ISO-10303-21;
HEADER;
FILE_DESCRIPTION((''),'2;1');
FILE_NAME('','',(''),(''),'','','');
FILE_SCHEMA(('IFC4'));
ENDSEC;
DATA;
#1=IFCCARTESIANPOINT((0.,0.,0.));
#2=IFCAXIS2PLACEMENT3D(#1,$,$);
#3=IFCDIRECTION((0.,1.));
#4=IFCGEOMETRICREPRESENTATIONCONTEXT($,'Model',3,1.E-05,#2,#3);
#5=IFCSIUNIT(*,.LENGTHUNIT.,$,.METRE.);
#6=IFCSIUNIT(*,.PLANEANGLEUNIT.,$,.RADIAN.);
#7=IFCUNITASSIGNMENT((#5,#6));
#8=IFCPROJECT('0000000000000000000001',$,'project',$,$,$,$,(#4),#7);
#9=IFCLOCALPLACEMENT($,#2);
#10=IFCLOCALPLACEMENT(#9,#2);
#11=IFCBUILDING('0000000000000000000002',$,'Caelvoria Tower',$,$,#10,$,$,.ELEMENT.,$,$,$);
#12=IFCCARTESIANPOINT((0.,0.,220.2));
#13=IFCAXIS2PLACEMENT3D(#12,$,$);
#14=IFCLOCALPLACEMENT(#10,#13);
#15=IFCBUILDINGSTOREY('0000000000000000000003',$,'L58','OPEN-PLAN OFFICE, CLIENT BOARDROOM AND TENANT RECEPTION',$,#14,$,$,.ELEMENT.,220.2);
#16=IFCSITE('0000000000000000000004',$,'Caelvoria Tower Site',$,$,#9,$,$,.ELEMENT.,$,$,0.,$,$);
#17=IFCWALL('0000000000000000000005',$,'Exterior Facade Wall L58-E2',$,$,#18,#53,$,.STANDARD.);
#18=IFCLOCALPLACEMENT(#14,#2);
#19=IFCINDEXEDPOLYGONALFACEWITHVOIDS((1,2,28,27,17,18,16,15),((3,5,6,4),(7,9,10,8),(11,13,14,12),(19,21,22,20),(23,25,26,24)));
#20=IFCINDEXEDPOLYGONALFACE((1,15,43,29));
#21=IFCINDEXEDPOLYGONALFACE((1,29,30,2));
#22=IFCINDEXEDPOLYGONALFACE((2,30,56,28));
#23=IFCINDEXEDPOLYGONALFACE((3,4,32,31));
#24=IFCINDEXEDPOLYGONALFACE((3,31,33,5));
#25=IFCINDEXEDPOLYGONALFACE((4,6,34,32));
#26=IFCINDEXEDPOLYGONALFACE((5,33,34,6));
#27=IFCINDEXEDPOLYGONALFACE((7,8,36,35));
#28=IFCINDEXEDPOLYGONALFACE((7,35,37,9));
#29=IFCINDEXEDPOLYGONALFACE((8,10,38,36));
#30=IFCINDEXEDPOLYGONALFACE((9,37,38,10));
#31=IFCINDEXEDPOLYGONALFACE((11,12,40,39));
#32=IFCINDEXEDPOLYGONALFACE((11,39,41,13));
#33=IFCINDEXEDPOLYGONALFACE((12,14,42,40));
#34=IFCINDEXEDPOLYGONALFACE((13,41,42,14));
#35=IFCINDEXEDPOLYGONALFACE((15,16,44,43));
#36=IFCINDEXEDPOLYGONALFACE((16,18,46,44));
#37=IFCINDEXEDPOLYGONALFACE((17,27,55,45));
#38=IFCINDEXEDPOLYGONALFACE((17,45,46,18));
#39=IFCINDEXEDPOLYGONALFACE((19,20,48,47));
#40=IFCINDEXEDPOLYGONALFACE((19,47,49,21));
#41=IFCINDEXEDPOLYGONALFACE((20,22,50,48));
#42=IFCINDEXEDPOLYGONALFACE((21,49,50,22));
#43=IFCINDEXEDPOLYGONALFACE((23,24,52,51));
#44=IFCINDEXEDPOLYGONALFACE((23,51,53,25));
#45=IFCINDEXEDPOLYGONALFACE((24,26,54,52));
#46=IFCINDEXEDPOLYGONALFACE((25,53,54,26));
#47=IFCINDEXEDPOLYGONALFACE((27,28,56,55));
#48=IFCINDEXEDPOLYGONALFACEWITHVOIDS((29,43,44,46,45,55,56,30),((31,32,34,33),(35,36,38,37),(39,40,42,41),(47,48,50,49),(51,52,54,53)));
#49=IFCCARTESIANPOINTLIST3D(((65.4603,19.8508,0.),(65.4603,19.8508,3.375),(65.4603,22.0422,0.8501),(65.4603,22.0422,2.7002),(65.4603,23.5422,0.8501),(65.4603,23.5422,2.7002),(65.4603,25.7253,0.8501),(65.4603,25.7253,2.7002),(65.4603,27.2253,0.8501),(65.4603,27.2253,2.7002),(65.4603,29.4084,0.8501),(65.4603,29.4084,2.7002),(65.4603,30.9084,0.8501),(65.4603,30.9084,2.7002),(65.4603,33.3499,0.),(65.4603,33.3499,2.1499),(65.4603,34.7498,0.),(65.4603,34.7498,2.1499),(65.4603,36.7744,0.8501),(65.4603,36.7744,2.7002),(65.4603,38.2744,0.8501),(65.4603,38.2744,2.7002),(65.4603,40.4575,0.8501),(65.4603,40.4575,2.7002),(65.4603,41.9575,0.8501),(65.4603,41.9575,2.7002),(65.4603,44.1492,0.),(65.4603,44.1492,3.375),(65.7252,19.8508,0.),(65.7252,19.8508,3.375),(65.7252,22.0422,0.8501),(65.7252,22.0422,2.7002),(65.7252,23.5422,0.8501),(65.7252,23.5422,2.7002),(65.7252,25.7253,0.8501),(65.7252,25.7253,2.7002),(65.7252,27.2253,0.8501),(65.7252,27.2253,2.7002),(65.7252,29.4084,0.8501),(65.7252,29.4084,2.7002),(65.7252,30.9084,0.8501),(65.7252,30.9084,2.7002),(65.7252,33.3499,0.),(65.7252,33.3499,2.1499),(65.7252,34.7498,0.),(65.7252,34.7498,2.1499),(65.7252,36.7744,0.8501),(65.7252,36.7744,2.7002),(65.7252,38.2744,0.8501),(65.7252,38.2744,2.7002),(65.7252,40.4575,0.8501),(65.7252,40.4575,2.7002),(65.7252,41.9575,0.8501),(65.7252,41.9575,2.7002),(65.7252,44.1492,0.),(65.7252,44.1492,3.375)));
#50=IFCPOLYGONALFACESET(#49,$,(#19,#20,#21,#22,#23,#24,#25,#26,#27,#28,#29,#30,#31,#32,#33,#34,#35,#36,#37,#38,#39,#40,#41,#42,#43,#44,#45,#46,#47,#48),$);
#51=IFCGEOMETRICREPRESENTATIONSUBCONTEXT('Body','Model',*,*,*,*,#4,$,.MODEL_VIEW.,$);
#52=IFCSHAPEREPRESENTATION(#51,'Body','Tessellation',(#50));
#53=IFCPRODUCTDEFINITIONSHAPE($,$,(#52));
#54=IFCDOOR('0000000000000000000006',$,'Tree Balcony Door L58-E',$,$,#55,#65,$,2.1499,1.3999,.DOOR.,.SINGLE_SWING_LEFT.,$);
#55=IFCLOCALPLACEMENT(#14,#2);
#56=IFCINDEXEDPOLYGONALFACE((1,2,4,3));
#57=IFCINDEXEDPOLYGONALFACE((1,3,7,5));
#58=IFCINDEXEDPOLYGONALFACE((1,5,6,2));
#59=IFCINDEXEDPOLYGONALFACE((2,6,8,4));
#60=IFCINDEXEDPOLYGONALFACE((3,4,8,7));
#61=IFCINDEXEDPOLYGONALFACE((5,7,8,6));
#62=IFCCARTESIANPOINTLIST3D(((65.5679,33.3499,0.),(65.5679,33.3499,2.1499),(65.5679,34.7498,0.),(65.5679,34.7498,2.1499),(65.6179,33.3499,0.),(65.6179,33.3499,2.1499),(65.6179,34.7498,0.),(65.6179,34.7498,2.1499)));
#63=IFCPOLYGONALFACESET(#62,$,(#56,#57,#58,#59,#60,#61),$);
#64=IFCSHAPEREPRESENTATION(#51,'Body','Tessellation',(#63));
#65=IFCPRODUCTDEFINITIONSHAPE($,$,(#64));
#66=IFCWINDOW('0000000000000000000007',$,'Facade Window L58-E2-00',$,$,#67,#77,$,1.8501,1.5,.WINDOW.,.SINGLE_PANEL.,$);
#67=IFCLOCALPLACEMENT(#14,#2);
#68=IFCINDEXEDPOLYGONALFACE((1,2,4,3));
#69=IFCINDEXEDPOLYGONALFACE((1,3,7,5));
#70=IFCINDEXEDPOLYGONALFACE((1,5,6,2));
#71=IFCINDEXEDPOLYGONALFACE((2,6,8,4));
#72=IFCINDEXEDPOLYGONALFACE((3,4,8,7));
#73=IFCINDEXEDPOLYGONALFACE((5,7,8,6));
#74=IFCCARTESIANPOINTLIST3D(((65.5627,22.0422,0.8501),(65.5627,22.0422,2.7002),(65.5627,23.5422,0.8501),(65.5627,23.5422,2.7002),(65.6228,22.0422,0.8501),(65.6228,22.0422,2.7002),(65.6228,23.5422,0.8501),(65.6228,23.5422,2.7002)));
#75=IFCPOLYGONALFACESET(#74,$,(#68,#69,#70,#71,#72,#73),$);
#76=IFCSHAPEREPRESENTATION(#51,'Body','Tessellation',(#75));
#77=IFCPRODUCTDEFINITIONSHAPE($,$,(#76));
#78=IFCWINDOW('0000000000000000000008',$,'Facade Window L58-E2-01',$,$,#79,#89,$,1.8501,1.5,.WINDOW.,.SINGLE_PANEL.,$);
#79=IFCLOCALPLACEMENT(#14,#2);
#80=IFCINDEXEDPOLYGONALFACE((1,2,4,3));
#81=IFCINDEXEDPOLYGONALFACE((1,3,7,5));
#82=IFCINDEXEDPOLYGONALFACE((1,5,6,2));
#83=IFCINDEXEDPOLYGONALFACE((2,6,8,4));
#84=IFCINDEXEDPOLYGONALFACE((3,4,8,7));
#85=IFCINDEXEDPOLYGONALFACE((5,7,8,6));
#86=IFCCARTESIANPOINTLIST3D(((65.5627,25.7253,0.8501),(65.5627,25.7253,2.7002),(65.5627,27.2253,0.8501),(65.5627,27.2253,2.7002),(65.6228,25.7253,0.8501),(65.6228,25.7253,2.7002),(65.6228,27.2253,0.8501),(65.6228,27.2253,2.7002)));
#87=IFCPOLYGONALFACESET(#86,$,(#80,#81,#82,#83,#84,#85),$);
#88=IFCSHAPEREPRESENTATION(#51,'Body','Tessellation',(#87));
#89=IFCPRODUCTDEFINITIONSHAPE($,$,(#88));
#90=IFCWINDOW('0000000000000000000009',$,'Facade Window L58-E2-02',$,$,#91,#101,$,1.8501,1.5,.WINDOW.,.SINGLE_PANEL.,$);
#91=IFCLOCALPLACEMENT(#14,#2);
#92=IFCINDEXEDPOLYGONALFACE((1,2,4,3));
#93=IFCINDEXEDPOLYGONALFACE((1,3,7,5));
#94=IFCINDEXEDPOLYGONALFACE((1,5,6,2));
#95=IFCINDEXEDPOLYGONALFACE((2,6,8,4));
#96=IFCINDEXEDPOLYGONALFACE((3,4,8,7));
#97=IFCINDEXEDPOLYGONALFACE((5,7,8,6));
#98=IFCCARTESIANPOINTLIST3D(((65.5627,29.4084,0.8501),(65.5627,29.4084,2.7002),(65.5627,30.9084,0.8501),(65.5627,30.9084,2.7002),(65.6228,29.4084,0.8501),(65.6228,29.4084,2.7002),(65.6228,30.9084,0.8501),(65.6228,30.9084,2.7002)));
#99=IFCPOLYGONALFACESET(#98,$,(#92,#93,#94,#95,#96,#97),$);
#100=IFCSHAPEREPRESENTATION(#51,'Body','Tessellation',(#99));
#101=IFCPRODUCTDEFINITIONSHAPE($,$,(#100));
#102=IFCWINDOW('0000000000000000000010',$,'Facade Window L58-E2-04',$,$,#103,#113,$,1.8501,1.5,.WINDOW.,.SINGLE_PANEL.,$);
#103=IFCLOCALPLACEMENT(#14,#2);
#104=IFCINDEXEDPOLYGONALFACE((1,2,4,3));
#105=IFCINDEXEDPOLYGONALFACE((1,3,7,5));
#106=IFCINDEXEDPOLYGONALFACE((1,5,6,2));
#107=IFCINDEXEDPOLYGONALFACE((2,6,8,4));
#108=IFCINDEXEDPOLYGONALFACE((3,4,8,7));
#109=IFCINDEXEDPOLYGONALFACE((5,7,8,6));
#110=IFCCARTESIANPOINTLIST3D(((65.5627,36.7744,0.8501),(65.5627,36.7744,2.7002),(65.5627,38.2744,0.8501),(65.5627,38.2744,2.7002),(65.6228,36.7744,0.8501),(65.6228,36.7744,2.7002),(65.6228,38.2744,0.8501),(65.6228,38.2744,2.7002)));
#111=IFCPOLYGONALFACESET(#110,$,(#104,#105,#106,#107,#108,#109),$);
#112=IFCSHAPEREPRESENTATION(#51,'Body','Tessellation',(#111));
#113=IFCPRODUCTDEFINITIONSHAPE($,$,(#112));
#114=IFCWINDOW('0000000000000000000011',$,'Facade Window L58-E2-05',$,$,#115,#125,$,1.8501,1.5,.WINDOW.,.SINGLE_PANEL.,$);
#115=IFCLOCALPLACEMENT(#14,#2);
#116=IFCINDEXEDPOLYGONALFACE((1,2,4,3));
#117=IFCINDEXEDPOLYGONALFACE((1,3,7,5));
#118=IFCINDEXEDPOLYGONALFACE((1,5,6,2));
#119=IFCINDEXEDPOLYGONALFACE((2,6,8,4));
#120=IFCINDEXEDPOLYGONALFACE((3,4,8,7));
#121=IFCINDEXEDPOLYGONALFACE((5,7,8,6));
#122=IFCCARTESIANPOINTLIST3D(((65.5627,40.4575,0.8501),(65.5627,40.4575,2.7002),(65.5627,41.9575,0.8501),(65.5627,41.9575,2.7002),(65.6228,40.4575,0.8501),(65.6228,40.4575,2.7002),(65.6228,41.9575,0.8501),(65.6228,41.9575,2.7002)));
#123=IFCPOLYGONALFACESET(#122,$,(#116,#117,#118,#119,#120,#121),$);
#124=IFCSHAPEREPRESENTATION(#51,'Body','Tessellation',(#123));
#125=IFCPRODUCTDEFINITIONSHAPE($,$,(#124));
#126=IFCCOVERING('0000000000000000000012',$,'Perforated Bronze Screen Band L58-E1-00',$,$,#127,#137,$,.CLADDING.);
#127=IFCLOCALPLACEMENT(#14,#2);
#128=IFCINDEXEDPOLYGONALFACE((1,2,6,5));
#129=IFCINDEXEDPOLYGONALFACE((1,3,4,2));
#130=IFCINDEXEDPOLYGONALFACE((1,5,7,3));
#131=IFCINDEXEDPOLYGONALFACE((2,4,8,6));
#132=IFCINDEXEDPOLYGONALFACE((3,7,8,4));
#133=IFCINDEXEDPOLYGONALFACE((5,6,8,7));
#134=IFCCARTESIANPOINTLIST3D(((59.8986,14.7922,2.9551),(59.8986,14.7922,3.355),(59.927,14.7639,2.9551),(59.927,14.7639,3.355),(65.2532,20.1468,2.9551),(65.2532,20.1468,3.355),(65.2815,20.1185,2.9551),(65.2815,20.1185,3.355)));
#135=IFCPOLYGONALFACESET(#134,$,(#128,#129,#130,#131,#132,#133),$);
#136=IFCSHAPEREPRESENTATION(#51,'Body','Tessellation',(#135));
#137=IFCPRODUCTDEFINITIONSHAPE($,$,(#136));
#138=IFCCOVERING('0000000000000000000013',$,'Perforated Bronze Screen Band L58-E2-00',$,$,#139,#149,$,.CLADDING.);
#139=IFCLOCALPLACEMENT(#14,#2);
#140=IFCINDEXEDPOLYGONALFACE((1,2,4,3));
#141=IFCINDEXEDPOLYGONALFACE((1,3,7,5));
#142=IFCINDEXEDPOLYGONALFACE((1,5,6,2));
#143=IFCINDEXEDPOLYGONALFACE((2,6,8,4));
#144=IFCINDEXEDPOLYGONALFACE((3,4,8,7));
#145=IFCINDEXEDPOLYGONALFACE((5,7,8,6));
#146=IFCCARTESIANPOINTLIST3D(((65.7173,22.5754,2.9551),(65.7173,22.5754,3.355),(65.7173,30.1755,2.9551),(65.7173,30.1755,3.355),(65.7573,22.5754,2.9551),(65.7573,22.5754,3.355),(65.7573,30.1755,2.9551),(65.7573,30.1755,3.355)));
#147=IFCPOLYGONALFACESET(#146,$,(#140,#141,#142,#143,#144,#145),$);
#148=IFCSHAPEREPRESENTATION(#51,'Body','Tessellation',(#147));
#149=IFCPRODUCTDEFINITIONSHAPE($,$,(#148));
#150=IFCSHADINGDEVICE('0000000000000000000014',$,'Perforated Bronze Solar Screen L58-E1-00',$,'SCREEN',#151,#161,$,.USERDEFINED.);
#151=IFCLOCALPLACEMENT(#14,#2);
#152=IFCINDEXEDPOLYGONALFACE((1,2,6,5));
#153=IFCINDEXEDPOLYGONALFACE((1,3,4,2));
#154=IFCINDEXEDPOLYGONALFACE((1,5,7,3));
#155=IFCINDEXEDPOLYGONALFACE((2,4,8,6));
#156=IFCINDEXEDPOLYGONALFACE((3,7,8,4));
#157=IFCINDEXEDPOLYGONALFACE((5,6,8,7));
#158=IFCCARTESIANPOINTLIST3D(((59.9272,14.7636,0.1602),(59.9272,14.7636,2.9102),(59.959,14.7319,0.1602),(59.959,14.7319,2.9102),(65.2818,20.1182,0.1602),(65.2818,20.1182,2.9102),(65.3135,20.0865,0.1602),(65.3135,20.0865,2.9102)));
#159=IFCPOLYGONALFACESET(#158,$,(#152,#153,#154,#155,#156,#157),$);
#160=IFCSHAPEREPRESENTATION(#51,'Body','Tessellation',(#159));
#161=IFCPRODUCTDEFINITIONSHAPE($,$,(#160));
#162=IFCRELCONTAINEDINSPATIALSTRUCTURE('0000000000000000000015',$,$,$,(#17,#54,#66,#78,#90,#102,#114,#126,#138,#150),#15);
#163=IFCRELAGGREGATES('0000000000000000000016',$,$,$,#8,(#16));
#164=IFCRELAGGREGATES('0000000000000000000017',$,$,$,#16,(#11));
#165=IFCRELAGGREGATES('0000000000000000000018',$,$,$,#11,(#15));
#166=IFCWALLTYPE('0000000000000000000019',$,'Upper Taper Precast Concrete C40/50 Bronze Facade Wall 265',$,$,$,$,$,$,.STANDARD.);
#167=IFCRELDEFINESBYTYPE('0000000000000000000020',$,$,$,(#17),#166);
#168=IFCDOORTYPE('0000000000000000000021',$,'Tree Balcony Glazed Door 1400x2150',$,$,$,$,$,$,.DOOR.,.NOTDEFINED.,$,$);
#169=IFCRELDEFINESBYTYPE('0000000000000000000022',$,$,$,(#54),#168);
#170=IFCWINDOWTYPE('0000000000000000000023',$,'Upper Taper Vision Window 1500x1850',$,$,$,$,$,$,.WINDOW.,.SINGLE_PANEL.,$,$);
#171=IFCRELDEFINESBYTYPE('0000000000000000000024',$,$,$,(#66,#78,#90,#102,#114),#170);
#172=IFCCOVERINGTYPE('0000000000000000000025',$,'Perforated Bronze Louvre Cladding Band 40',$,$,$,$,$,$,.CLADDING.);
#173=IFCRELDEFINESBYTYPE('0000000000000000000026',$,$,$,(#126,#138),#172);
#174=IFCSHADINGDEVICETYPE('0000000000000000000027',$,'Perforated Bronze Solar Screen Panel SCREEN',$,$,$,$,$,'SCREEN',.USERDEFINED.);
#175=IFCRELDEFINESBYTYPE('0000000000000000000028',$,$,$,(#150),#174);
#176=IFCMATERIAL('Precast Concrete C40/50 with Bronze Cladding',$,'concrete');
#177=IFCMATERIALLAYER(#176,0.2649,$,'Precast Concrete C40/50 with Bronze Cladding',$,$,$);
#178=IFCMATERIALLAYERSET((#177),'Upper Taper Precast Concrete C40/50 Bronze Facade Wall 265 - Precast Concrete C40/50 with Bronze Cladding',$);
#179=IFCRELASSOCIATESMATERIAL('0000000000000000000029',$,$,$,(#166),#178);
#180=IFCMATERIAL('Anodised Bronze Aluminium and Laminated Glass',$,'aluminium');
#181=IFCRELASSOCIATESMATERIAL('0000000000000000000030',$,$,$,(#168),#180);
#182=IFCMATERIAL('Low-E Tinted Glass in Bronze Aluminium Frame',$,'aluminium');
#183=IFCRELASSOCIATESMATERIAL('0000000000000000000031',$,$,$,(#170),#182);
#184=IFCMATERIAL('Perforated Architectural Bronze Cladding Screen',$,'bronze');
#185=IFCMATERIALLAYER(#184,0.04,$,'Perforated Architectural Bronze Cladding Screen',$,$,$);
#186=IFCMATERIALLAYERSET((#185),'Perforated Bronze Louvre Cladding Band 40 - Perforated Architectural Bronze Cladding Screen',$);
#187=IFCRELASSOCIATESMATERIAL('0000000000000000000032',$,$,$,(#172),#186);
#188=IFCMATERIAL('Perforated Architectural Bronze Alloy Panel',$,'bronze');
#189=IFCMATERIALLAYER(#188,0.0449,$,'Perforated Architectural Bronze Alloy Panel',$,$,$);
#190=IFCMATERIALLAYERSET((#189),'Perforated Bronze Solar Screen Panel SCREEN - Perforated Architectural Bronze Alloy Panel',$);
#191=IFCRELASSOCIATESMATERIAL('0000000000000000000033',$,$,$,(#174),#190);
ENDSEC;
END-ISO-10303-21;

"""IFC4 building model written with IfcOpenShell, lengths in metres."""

from ifc_helpers import new_model, si_unit, direction, frame, frame_2d, origin, origin_2d, place, context, subcontext, project, spatial, rectangle, extrude, material, layer, layer_set, type_object, element, fill, save


model = new_model("IFC4")

# Units and contexts
model_context = context("Model", 3, precision=1e-05, world=origin(), true_north=direction((0.0, 1.0)))
body_context = subcontext(model_context, "Body", "Model", "MODEL_VIEW")
ifc_project = project(units=[si_unit("LENGTHUNIT", "METRE"), si_unit("PLANEANGLEUNIT", "RADIAN")], contexts=[model_context])

# Site, building, storey
site_placement = place(None, origin())
site = spatial("IfcSite", under=ifc_project, at=site_placement, Name="Caelvoria Tower Site", CompositionType="ELEMENT", RefElevation=0.0)
building_placement = place(site_placement, origin())
building = spatial("IfcBuilding", under=site, at=building_placement, Name="Caelvoria Tower", CompositionType="ELEMENT")
storey_placement = place(building_placement, frame((0.0, 0.0, 220.2)))
storey = spatial("IfcBuildingStorey", under=building, at=storey_placement, Name="L58", Description="OPEN-PLAN OFFICE, CLIENT BOARDROOM AND TENANT RECEPTION", CompositionType="ELEMENT", Elevation=220.2)

# Shared definitions
ifc_material_1 = material(Name="Precast Concrete C40/50 with Bronze Cladding", Category="concrete")
ifc_layer_1 = layer(ifc_material_1, 0.2649, Name="Precast Concrete C40/50 with Bronze Cladding")
ifc_layer_set_1 = layer_set([ifc_layer_1], Name="Upper Taper Precast Concrete C40/50 Bronze Facade Wall 265 - Precast Concrete C40/50 with Bronze Cladding")
wall_type_1 = type_object("IfcWallType", Name="Upper Taper Precast Concrete C40/50 Bronze Facade Wall 265", PredefinedType="STANDARD", material=ifc_layer_set_1)

# Wall, openings, door, windows
wall_1_placement = place(storey_placement, frame((65.5928, 19.8508, 0.0), z_axis=(0.0, 0.0, 1.0), x_axis=(0.0, 1.0, 0.0)))
wall_1 = element("IfcWall", 1, at=wall_1_placement, inside=storey, type_object=wall_type_1, Name="Exterior Facade Wall L58-E2", PredefinedType="STANDARD", context=body_context, shape_type="SweptSolid", body=[
    extrude(rectangle(XDim=24.2983, YDim=0.2649, at=frame_2d((12.1492, 0.0))), origin(), (0.0, 0.0, 1.0), 3.375),
])
opening_1_placement = place(wall_1_placement, frame((13.499, 0.0, 0.0)))
opening_1 = element("IfcOpeningElement", 2, at=opening_1_placement, cuts=wall_1, PredefinedType="OPENING", context=body_context, shape_type="SweptSolid", body=[
    extrude(rectangle(XDim=1.3999, YDim=2.1499, at=frame_2d((0.7, 1.075))), frame((0.0, 0.1423, 0.0), z_axis=(0.0, -1.0, 0.0), x_axis=(1.0, 0.0, 0.0)), (0.0, 0.0, 1.0), 0.2849),
])
opening_2_placement = place(wall_1_placement, frame((2.1914, 0.0, 0.8501)))
opening_2 = element("IfcOpeningElement", 3, at=opening_2_placement, cuts=wall_1, PredefinedType="OPENING", context=body_context, shape_type="SweptSolid", body=[
    extrude(rectangle(XDim=1.5, YDim=1.8501, at=frame_2d((0.75, 0.925))), frame((0.0, 0.1423, 0.0), z_axis=(0.0, -1.0, 0.0), x_axis=(1.0, 0.0, 0.0)), (0.0, 0.0, 1.0), 0.2849),
])
opening_3_placement = place(wall_1_placement, frame((5.8745, 0.0, 0.8501)))
opening_3 = element("IfcOpeningElement", 4, at=opening_3_placement, cuts=wall_1, PredefinedType="OPENING", context=body_context, shape_type="SweptSolid", body=[
    extrude(rectangle(XDim=1.5, YDim=1.8501, at=frame_2d((0.75, 0.925))), frame((0.0, 0.1423, 0.0), z_axis=(0.0, -1.0, 0.0), x_axis=(1.0, 0.0, 0.0)), (0.0, 0.0, 1.0), 0.2849),
])
opening_4_placement = place(wall_1_placement, frame((9.5576, 0.0, 0.8501)))
opening_4 = element("IfcOpeningElement", 5, at=opening_4_placement, cuts=wall_1, PredefinedType="OPENING", context=body_context, shape_type="SweptSolid", body=[
    extrude(rectangle(XDim=1.5, YDim=1.8501, at=frame_2d((0.75, 0.925))), frame((0.0, 0.1423, 0.0), z_axis=(0.0, -1.0, 0.0), x_axis=(1.0, 0.0, 0.0)), (0.0, 0.0, 1.0), 0.2849),
])
opening_5_placement = place(wall_1_placement, frame((16.9236, 0.0, 0.8501)))
opening_5 = element("IfcOpeningElement", 6, at=opening_5_placement, cuts=wall_1, PredefinedType="OPENING", context=body_context, shape_type="SweptSolid", body=[
    extrude(rectangle(XDim=1.5, YDim=1.8501, at=frame_2d((0.75, 0.925))), frame((0.0, 0.1423, 0.0), z_axis=(0.0, -1.0, 0.0), x_axis=(1.0, 0.0, 0.0)), (0.0, 0.0, 1.0), 0.2849),
])
opening_6_placement = place(wall_1_placement, frame((20.6067, 0.0, 0.8501)))
opening_6 = element("IfcOpeningElement", 7, at=opening_6_placement, cuts=wall_1, PredefinedType="OPENING", context=body_context, shape_type="SweptSolid", body=[
    extrude(rectangle(XDim=1.5, YDim=1.8501, at=frame_2d((0.75, 0.925))), frame((0.0, 0.1423, 0.0), z_axis=(0.0, -1.0, 0.0), x_axis=(1.0, 0.0, 0.0)), (0.0, 0.0, 1.0), 0.2849),
])
ifc_material_2 = material(Name="Anodised Bronze Aluminium and Laminated Glass", Category="aluminium")
door_type_1 = type_object("IfcDoorType", Name="Tree Balcony Glazed Door 1400x2150", OperationType="NOTDEFINED", PredefinedType="DOOR", material=ifc_material_2)
door_1_placement = place(opening_1_placement, origin())
door_1 = element("IfcDoor", 8, at=door_1_placement, inside=storey, type_object=door_type_1, Name="Tree Balcony Door L58-E", OperationType="SINGLE_SWING_LEFT", OverallHeight=2.1499, OverallWidth=1.3999, PredefinedType="DOOR", context=body_context, shape_type="SweptSolid", body=[
    extrude(rectangle(XDim=1.3999, YDim=2.1499, at=frame_2d((0.7, 1.075))), frame((0.0, 0.0249, 0.0), z_axis=(0.0, -1.0, 0.0), x_axis=(1.0, 0.0, 0.0)), (0.0, 0.0, 1.0), 0.05),
])
fill(opening_1, door_1)
ifc_material_3 = material(Name="Low-E Tinted Glass in Bronze Aluminium Frame", Category="aluminium")
window_type = type_object("IfcWindowType", Name="Upper Taper Vision Window 1500x1850", PartitioningType="SINGLE_PANEL", PredefinedType="WINDOW", material=ifc_material_3)
window_1_placement = place(opening_2_placement, origin())
window_1 = element("IfcWindow", 9, at=window_1_placement, inside=storey, type_object=window_type, Name="Facade Window L58-E2-00", OverallHeight=1.8501, OverallWidth=1.5, PartitioningType="SINGLE_PANEL", PredefinedType="WINDOW", context=body_context, shape_type="SweptSolid", body=[
    extrude(rectangle(XDim=1.5, YDim=1.8501, at=frame_2d((0.75, 0.925))), frame((0.0, 0.03, 0.0), z_axis=(0.0, -1.0, 0.0), x_axis=(1.0, 0.0, 0.0)), (0.0, 0.0, 1.0), 0.0601),
])
fill(opening_2, window_1)
window_2_placement = place(opening_3_placement, origin())
window_2 = element("IfcWindow", 10, at=window_2_placement, inside=storey, type_object=window_type, Name="Facade Window L58-E2-01", OverallHeight=1.8501, OverallWidth=1.5, PartitioningType="SINGLE_PANEL", PredefinedType="WINDOW", context=body_context, shape_type="SweptSolid", body=[
    extrude(rectangle(XDim=1.5, YDim=1.8501, at=frame_2d((0.75, 0.925))), frame((0.0, 0.03, 0.0), z_axis=(0.0, -1.0, 0.0), x_axis=(1.0, 0.0, 0.0)), (0.0, 0.0, 1.0), 0.0601),
])
fill(opening_3, window_2)
window_3_placement = place(opening_4_placement, origin())
window_3 = element("IfcWindow", 11, at=window_3_placement, inside=storey, type_object=window_type, Name="Facade Window L58-E2-02", OverallHeight=1.8501, OverallWidth=1.5, PartitioningType="SINGLE_PANEL", PredefinedType="WINDOW", context=body_context, shape_type="SweptSolid", body=[
    extrude(rectangle(XDim=1.5, YDim=1.8501, at=frame_2d((0.75, 0.925))), frame((0.0, 0.03, 0.0), z_axis=(0.0, -1.0, 0.0), x_axis=(1.0, 0.0, 0.0)), (0.0, 0.0, 1.0), 0.0601),
])
fill(opening_4, window_3)
window_4_placement = place(opening_5_placement, origin())
window_4 = element("IfcWindow", 12, at=window_4_placement, inside=storey, type_object=window_type, Name="Facade Window L58-E2-04", OverallHeight=1.8501, OverallWidth=1.5, PartitioningType="SINGLE_PANEL", PredefinedType="WINDOW", context=body_context, shape_type="SweptSolid", body=[
    extrude(rectangle(XDim=1.5, YDim=1.8501, at=frame_2d((0.75, 0.925))), frame((0.0, 0.03, 0.0), z_axis=(0.0, -1.0, 0.0), x_axis=(1.0, 0.0, 0.0)), (0.0, 0.0, 1.0), 0.0601),
])
fill(opening_5, window_4)
window_5_placement = place(opening_6_placement, origin())
window_5 = element("IfcWindow", 13, at=window_5_placement, inside=storey, type_object=window_type, Name="Facade Window L58-E2-05", OverallHeight=1.8501, OverallWidth=1.5, PartitioningType="SINGLE_PANEL", PredefinedType="WINDOW", context=body_context, shape_type="SweptSolid", body=[
    extrude(rectangle(XDim=1.5, YDim=1.8501, at=frame_2d((0.75, 0.925))), frame((0.0, 0.03, 0.0), z_axis=(0.0, -1.0, 0.0), x_axis=(1.0, 0.0, 0.0)), (0.0, 0.0, 1.0), 0.0601),
])
fill(opening_6, window_5)

# Coverings
ifc_material_4 = material(Name="Perforated Architectural Bronze Cladding Screen", Category="bronze")
ifc_layer_2 = layer(ifc_material_4, 0.04, Name="Perforated Architectural Bronze Cladding Screen")
ifc_layer_set_2 = layer_set([ifc_layer_2], Name="Perforated Bronze Louvre Cladding Band 40 - Perforated Architectural Bronze Cladding Screen")
covering_type = type_object("IfcCoveringType", Name="Perforated Bronze Louvre Cladding Band 40", PredefinedType="CLADDING", material=ifc_layer_set_2)
covering_1_placement = place(storey_placement, frame((62.5901, 17.4553, 2.9551), z_axis=(0.0, 0.0, 1.0), x_axis=(0.707107, 0.707107, 0.0)))
element("IfcCovering", 14, at=covering_1_placement, inside=storey, type_object=covering_type, Name="Perforated Bronze Screen Band L58-E1-00", PredefinedType="CLADDING", context=body_context, shape_type="SweptSolid", body=[
    extrude(rectangle(XDim=7.5725, YDim=0.04, at=origin_2d()), origin(), (0.0, 0.0, 1.0), 0.3999),
])
covering_2_placement = place(storey_placement, frame((65.7373, 26.3755, 2.9551), z_axis=(0.0, 0.0, 1.0), x_axis=(0.0, 1.0, 0.0)))
element("IfcCovering", 15, at=covering_2_placement, inside=storey, type_object=covering_type, Name="Perforated Bronze Screen Band L58-E2-00", PredefinedType="CLADDING", context=body_context, shape_type="SweptSolid", body=[
    extrude(rectangle(XDim=7.6001, YDim=0.04, at=origin_2d()), origin(), (0.0, 0.0, 1.0), 0.3999),
])

# Shading device
ifc_material_5 = material(Name="Perforated Architectural Bronze Alloy Panel", Category="bronze")
ifc_layer_3 = layer(ifc_material_5, 0.0449, Name="Perforated Architectural Bronze Alloy Panel")
ifc_layer_set_3 = layer_set([ifc_layer_3], Name="Perforated Bronze Solar Screen Panel SCREEN - Perforated Architectural Bronze Alloy Panel")
shading_device_type = type_object("IfcShadingDeviceType", Name="Perforated Bronze Solar Screen Panel SCREEN", ElementType="SCREEN", PredefinedType="USERDEFINED", material=ifc_layer_set_3)
shading_device_1_placement = place(storey_placement, frame((62.6204, 17.425, 0.1602), z_axis=(0.0, 0.0, 1.0), x_axis=(0.707107, 0.707107, 0.0)))
element("IfcShadingDevice", 16, at=shading_device_1_placement, inside=storey, type_object=shading_device_type, Name="Perforated Bronze Solar Screen L58-E1-00", ObjectType="SCREEN", PredefinedType="USERDEFINED", context=body_context, shape_type="SweptSolid", body=[
    extrude(rectangle(XDim=7.5725, YDim=0.0449, at=origin_2d()), origin(), (0.0, 0.0, 1.0), 2.75),
])

save(model, "model.ifc")
